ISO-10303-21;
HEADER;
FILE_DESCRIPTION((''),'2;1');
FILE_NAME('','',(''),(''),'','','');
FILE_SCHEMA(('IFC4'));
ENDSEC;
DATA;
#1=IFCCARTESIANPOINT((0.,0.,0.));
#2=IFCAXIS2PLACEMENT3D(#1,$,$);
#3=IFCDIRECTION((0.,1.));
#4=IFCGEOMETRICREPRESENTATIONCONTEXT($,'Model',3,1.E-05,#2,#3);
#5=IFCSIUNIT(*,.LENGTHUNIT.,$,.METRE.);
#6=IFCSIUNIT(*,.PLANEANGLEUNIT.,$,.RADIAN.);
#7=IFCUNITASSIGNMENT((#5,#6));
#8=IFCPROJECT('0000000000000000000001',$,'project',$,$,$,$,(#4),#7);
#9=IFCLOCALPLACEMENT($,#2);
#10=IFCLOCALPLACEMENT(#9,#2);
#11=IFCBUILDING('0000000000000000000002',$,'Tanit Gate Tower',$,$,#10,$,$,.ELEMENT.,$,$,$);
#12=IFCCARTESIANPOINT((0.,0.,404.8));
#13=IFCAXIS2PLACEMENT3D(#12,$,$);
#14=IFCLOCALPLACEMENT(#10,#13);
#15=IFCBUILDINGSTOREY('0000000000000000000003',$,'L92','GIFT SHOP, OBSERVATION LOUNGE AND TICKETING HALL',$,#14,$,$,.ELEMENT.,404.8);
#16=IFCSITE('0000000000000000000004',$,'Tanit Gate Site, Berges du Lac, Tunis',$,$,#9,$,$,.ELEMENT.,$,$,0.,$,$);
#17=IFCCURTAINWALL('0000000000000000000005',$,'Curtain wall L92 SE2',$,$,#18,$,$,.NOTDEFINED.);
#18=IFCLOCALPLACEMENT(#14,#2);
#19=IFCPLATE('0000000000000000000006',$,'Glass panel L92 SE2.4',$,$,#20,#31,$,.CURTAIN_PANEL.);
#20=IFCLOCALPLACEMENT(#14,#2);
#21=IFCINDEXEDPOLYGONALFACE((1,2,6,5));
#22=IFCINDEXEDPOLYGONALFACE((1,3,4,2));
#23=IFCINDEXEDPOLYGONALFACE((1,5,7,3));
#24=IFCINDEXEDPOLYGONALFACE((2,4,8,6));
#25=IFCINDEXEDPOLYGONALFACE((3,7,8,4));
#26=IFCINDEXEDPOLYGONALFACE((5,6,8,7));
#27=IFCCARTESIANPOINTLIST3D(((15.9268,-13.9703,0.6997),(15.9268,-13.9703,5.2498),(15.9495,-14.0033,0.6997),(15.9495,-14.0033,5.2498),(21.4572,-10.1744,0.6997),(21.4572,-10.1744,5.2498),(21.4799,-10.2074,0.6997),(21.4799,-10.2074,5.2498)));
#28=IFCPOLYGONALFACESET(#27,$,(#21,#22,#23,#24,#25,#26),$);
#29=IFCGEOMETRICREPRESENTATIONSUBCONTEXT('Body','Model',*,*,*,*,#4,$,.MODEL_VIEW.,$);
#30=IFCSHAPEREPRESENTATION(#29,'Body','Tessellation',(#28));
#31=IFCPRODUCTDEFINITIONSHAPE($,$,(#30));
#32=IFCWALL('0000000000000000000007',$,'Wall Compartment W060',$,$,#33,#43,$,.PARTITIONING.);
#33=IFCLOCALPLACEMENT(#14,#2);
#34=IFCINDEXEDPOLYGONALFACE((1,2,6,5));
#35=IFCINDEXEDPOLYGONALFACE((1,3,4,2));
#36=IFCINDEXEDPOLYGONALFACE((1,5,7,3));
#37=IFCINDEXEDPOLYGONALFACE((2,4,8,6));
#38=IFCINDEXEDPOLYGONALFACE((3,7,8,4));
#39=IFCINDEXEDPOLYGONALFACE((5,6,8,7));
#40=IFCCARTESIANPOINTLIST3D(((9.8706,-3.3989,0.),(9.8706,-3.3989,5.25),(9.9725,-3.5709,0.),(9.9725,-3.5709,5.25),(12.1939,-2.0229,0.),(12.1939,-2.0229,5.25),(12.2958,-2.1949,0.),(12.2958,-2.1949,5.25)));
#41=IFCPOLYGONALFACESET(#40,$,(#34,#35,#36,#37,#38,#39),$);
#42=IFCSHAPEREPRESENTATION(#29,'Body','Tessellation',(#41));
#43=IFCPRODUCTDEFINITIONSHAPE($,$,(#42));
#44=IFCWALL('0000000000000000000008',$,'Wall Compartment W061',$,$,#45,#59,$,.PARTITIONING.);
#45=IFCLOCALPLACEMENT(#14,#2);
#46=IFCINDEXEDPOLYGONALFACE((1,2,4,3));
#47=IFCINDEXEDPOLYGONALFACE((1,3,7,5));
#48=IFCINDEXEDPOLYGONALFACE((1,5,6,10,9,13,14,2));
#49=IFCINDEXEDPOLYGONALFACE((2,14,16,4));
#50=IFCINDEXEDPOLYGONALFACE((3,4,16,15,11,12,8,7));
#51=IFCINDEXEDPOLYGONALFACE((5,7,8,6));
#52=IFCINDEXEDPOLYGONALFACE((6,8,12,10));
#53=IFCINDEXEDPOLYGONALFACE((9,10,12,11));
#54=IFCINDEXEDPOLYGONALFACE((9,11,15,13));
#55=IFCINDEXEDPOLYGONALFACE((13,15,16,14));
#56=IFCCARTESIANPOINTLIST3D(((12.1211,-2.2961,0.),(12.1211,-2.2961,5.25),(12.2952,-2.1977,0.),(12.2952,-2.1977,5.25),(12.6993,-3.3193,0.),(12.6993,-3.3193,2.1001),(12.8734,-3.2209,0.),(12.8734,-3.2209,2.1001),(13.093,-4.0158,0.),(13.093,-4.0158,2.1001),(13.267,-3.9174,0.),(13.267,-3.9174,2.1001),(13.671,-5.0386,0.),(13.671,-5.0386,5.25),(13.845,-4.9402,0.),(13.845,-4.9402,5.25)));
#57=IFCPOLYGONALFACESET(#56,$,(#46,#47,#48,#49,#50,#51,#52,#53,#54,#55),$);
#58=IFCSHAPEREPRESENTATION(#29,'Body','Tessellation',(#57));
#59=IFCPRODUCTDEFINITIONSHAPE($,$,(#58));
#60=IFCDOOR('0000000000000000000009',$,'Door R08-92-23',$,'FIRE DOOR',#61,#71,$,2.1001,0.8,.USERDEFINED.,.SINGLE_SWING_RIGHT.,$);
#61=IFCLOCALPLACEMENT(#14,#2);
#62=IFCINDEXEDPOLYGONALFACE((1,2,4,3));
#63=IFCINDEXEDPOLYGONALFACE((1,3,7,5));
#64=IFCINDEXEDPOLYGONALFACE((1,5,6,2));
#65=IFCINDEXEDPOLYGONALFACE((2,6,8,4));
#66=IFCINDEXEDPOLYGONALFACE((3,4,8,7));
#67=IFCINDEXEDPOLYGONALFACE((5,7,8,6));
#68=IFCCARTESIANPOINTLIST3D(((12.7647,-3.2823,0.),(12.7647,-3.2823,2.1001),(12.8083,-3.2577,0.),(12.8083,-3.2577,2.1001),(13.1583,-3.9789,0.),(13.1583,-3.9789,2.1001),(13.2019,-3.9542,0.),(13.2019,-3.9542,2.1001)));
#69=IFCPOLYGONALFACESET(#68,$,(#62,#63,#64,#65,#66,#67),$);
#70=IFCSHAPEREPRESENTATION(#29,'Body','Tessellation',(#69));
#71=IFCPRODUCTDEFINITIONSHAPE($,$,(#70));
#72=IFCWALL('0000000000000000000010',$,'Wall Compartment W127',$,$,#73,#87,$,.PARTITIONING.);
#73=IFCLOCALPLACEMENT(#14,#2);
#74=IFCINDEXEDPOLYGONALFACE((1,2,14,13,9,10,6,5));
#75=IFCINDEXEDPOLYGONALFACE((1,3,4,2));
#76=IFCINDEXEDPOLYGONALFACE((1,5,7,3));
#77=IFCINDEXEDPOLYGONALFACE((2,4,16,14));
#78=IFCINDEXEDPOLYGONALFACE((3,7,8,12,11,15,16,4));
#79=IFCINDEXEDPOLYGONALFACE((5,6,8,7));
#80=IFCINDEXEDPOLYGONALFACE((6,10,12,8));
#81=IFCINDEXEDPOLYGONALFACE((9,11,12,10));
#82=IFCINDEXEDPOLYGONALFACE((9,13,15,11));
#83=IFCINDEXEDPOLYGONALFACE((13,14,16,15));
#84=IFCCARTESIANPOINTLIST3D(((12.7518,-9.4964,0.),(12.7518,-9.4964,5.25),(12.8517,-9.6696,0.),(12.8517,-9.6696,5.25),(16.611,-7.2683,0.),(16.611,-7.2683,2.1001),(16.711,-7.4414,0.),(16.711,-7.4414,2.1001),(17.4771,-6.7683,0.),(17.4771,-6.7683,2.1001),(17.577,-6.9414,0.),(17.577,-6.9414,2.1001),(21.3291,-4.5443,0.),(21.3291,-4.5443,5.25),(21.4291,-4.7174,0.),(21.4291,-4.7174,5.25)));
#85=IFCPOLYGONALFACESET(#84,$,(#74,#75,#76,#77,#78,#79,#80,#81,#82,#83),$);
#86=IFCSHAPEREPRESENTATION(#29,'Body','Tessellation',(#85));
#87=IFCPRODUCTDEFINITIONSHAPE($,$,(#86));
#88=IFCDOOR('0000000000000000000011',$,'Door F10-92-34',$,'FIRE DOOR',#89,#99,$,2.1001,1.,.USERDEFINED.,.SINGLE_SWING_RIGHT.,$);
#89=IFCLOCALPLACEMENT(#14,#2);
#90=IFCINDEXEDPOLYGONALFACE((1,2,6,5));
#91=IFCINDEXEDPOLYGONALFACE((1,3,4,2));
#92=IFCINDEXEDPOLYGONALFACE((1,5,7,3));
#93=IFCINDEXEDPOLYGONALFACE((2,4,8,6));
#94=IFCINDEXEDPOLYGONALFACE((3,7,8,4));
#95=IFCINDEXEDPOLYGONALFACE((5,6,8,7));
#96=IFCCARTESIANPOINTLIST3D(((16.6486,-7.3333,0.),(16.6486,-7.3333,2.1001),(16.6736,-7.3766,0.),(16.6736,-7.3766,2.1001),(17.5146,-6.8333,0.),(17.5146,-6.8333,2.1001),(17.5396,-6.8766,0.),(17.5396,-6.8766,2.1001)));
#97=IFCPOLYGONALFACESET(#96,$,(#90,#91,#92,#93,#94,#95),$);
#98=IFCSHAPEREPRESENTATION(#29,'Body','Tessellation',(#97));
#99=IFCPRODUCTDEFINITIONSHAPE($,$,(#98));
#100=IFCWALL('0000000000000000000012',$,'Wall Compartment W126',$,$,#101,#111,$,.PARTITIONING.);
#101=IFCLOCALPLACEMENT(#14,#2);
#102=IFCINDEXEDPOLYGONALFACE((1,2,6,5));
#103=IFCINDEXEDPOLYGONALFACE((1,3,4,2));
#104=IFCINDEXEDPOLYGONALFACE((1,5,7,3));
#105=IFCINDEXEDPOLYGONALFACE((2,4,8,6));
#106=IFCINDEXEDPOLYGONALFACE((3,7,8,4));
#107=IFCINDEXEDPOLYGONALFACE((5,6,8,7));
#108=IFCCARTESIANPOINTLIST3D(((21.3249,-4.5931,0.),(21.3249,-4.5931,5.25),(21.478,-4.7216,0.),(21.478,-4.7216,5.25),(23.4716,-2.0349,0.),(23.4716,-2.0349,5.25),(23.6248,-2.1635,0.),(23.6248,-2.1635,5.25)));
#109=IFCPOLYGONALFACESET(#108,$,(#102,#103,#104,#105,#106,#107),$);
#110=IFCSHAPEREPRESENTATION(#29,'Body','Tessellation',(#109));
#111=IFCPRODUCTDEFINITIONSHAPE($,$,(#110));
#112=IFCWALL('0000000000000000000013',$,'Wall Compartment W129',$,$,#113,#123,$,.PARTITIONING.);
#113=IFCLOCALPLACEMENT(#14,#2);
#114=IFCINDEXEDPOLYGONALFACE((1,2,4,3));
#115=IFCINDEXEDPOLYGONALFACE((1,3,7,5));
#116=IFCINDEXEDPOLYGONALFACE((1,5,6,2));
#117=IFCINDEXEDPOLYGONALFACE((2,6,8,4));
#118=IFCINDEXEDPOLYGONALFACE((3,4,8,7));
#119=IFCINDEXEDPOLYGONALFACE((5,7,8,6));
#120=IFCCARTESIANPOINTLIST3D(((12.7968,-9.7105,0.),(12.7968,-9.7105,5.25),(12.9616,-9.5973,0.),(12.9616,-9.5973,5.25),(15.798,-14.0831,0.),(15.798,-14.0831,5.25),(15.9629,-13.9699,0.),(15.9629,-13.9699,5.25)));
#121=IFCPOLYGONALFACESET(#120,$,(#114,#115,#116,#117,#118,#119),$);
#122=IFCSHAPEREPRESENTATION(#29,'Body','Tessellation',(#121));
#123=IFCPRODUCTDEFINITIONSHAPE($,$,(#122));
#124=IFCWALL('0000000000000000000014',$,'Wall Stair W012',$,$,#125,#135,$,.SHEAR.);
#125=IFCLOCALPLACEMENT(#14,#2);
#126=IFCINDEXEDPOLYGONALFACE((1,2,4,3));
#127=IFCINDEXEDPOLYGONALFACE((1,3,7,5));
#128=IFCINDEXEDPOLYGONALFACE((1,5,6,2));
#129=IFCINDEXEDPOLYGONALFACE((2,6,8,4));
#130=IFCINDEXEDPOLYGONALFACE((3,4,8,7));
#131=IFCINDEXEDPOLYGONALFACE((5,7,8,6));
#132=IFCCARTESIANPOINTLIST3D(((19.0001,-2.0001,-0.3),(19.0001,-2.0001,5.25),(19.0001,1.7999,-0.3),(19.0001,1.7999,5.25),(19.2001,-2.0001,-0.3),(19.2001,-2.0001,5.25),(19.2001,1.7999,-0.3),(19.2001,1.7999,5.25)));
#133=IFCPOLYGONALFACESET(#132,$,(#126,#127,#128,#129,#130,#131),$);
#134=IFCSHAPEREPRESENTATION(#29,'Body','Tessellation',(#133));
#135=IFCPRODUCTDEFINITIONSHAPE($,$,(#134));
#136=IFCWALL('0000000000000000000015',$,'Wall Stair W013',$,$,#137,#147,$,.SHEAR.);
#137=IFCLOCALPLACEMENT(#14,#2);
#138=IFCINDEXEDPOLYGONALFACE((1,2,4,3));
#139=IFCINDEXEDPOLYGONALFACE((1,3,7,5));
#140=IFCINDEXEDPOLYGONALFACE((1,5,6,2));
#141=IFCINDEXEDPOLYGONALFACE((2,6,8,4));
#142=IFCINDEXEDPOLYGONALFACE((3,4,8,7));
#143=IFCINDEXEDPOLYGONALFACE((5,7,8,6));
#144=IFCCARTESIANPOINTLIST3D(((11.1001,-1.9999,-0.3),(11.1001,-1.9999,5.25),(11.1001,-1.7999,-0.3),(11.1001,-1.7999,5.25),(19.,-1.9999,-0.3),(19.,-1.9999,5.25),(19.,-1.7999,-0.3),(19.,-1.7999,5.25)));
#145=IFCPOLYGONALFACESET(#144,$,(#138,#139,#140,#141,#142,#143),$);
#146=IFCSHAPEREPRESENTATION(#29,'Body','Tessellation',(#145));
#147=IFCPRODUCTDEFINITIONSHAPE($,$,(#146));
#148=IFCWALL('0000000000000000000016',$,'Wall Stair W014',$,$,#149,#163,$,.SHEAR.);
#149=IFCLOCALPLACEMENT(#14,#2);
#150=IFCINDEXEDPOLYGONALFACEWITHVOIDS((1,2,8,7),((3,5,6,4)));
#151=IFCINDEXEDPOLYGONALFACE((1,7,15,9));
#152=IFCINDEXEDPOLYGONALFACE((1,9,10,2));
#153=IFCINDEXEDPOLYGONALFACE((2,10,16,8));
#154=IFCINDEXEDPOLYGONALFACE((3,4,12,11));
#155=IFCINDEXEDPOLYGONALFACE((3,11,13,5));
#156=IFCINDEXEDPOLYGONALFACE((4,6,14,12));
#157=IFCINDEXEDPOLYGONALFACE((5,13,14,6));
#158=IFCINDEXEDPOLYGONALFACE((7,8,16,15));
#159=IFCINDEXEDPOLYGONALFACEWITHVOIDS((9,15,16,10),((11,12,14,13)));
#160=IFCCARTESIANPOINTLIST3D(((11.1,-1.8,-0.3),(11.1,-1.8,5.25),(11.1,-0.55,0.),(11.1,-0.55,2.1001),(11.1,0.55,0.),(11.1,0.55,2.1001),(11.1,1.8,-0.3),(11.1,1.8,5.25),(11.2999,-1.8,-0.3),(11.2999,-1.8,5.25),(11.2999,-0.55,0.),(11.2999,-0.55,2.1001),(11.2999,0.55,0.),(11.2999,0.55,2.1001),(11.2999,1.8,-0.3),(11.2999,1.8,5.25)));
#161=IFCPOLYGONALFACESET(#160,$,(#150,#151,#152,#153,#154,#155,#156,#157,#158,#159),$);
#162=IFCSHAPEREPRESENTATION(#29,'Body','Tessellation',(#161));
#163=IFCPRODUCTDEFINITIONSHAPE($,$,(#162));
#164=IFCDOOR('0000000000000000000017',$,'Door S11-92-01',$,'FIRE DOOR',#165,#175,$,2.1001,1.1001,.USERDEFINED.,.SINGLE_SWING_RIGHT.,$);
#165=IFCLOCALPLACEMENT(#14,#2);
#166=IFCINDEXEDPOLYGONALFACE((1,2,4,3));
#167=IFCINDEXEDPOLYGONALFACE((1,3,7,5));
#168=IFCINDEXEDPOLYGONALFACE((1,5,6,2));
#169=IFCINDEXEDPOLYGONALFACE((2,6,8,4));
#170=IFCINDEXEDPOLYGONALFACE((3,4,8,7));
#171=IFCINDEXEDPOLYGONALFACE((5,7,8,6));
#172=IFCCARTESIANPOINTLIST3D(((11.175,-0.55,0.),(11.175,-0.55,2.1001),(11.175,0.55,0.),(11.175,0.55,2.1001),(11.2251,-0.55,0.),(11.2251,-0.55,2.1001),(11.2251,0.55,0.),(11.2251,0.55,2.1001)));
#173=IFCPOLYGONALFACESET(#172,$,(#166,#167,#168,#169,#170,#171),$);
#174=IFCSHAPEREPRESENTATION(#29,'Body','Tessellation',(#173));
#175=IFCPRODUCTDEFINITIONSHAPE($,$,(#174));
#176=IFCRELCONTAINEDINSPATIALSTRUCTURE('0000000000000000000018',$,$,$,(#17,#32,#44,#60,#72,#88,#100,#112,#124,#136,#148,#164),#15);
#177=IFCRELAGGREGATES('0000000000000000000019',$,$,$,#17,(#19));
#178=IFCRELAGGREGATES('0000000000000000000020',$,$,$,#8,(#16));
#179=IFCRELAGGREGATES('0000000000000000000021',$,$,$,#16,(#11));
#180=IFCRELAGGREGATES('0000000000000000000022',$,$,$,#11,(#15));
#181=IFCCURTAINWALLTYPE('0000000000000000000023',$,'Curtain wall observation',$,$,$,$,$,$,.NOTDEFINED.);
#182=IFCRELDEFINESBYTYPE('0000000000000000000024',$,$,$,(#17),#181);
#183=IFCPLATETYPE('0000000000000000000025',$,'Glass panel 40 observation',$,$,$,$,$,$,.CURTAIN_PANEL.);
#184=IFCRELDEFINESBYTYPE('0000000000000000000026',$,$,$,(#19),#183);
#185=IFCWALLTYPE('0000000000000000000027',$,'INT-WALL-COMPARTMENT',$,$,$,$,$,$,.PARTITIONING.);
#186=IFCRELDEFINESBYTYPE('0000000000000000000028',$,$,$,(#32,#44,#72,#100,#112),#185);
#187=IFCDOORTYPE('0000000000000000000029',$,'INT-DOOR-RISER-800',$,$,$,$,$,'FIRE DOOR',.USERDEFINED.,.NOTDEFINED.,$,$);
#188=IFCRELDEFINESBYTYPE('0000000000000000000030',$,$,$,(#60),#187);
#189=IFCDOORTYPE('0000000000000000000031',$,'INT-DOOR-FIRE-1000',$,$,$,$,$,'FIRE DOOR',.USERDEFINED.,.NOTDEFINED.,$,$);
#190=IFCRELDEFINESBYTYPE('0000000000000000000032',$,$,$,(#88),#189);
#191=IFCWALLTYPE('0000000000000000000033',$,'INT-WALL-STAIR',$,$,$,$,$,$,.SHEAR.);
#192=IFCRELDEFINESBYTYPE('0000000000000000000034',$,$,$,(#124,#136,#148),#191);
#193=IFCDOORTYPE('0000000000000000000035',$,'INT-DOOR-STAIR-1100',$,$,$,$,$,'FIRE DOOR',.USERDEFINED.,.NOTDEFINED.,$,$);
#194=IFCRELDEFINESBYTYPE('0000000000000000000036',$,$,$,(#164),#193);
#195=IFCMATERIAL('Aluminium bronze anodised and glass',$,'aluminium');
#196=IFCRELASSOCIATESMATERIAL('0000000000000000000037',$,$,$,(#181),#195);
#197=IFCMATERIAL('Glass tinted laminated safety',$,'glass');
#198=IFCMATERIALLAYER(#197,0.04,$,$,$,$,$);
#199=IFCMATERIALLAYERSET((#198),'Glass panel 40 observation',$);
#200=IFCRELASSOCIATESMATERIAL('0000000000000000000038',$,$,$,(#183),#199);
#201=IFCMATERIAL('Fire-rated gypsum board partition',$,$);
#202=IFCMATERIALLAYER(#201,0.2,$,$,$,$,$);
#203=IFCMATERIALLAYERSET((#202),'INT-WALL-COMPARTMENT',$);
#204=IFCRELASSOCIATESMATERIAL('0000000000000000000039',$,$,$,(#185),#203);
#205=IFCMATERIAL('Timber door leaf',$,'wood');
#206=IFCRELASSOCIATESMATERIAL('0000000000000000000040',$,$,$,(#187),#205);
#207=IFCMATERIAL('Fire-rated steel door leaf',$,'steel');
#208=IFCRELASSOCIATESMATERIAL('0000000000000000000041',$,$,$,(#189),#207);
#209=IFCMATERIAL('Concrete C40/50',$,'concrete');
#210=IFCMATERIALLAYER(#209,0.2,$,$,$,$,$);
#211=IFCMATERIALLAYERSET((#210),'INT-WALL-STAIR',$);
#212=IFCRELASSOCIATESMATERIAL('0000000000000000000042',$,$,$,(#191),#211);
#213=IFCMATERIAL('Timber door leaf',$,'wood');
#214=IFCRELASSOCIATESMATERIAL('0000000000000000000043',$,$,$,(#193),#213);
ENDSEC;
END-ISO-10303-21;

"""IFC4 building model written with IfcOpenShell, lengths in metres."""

from ifc_helpers import new_model, si_unit, direction, frame, frame_2d, origin, origin_2d, place, context, subcontext, project, spatial, rectangle, extrude, material, layer, layer_set, type_object, element, fill, aggregate, save


model = new_model("IFC4")

# Units and contexts
model_context = context("Model", 3, precision=1e-05, world=origin(), true_north=direction((0.0, 1.0)))
body_context = subcontext(model_context, "Body", "Model", "MODEL_VIEW")
ifc_project = project(units=[si_unit("LENGTHUNIT", "METRE"), si_unit("PLANEANGLEUNIT", "RADIAN")], contexts=[model_context])

# Site, building, storey
site_placement = place(None, origin())
site = spatial("IfcSite", under=ifc_project, at=site_placement, Name="Tanit Gate Site, Berges du Lac, Tunis", CompositionType="ELEMENT", RefElevation=0.0)
building_placement = place(site_placement, origin())
building = spatial("IfcBuilding", under=site, at=building_placement, Name="Tanit Gate Tower", CompositionType="ELEMENT")
storey_placement = place(building_placement, frame((0.0, 0.0, 404.8)))
storey = spatial("IfcBuildingStorey", under=building, at=storey_placement, Name="L92", Description="GIFT SHOP, OBSERVATION LOUNGE AND TICKETING HALL", CompositionType="ELEMENT", Elevation=404.8)

# Curtain wall
ifc_material_1 = material(Name="Aluminium bronze anodised and glass", Category="aluminium")
curtain_wall_type = type_object("IfcCurtainWallType", Name="Curtain wall observation", PredefinedType="NOTDEFINED", material=ifc_material_1)
curtain_wall_placement = place(storey_placement, origin())
curtain_wall = element("IfcCurtainWall", 1, at=curtain_wall_placement, inside=storey, type_object=curtain_wall_type, Name="Curtain wall L92 SE2", PredefinedType="NOTDEFINED")

# Plate
ifc_material_2 = material(Name="Glass tinted laminated safety", Category="glass")
ifc_layer_1 = layer(ifc_material_2, 0.04)
ifc_layer_set_1 = layer_set([ifc_layer_1], Name="Glass panel 40 observation")
plate_type = type_object("IfcPlateType", Name="Glass panel 40 observation", PredefinedType="CURTAIN_PANEL", material=ifc_layer_set_1)
plate_1_placement = place(storey_placement, frame((18.7034, -12.0889, 0.6997), z_axis=(0.0, 0.0, 1.0), x_axis=(0.824479, 0.565893, 0.0)))
plate_1 = element("IfcPlate", 2, at=plate_1_placement, type_object=plate_type, Name="Glass panel L92 SE2.4", PredefinedType="CURTAIN_PANEL", context=body_context, shape_type="SweptSolid", body=[
    extrude(rectangle(XDim=6.7078, YDim=0.04, at=origin_2d()), origin(), (0.0, 0.0, 1.0), 4.55),
])
aggregate(curtain_wall, [plate_1])

# Wall
ifc_material_3 = material(Name="Fire-rated gypsum board partition")
ifc_layer_2 = layer(ifc_material_3, 0.2)
ifc_layer_set_2 = layer_set([ifc_layer_2], Name="INT-WALL-COMPARTMENT")
wall_type_1 = type_object("IfcWallType", Name="INT-WALL-COMPARTMENT", PredefinedType="PARTITIONING", material=ifc_layer_set_2)
wall_1_placement = place(storey_placement, frame((12.2449, -2.1089, 0.0), z_axis=(0.0, 0.0, 1.0), x_axis=(-0.860415, -0.509594, 0.0)))
element("IfcWall", 3, at=wall_1_placement, inside=storey, type_object=wall_type_1, Name="Wall Compartment W060", PredefinedType="PARTITIONING", context=body_context, shape_type="SweptSolid", body=[
    extrude(rectangle(XDim=2.7002, YDim=0.2, at=frame_2d((1.3501, 0.0))), origin(), (0.0, 0.0, 1.0), 5.25),
])

# Walls, openings, doors
wall_2_placement = place(storey_placement, frame((13.7581, -4.9895, 0.0), z_axis=(0.0, 0.0, 1.0), x_axis=(-0.491993, 0.870599, 0.0)))
wall_2 = element("IfcWall", 4, at=wall_2_placement, inside=storey, type_object=wall_type_1, Name="Wall Compartment W061", PredefinedType="PARTITIONING", context=body_context, shape_type="SweptSolid", body=[
    extrude(rectangle(XDim=3.1501, YDim=0.2, at=frame_2d((1.5752, 0.0))), origin(), (0.0, 0.0, 1.0), 5.25),
])
opening_1_placement = place(wall_2_placement, frame((1.175, 0.0, 0.0)))
opening_1 = element("IfcOpeningElement", 5, at=opening_1_placement, cuts=wall_2, PredefinedType="OPENING", context=body_context, shape_type="SweptSolid", body=[
    extrude(rectangle(XDim=0.8, YDim=2.1001, at=frame_2d((0.3999, 1.05))), frame((0.0, 0.1099, 0.0), z_axis=(0.0, -1.0, 0.0), x_axis=(1.0, 0.0, 0.0)), (0.0, 0.0, 1.0), 0.22),
])
ifc_material_4 = material(Name="Timber door leaf", Category="wood")
door_type_1 = type_object("IfcDoorType", Name="INT-DOOR-RISER-800", ElementType="FIRE DOOR", OperationType="NOTDEFINED", PredefinedType="USERDEFINED", material=ifc_material_4)
door_1_placement = place(opening_1_placement, origin())
door_1 = element("IfcDoor", 6, at=door_1_placement, inside=storey, type_object=door_type_1, Name="Door R08-92-23", ObjectType="FIRE DOOR", OperationType="SINGLE_SWING_RIGHT", OverallHeight=2.1001, OverallWidth=0.8, PredefinedType="USERDEFINED", context=body_context, shape_type="SweptSolid", body=[
    extrude(rectangle(XDim=0.8, YDim=2.1001, at=frame_2d((0.3999, 1.05))), frame((0.0, 0.0249, 0.0), z_axis=(0.0, -1.0, 0.0), x_axis=(1.0, 0.0, 0.0)), (0.0, 0.0, 1.0), 0.05),
])
fill(opening_1, door_1)
wall_3_placement = place(storey_placement, frame((12.8018, -9.583, 0.0), z_axis=(0.0, 0.0, 1.0), x_axis=(0.866026, 0.499999, 0.0)))
wall_3 = element("IfcWall", 7, at=wall_3_placement, inside=storey, type_object=wall_type_1, Name="Wall Compartment W127", PredefinedType="PARTITIONING", context=body_context, shape_type="SweptSolid", body=[
    extrude(rectangle(XDim=9.9043, YDim=0.2, at=frame_2d((4.9521, 0.0))), origin(), (0.0, 0.0, 1.0), 5.25),
])
opening_2_placement = place(wall_3_placement, frame((4.4563, 0.0, 0.0)))
opening_2 = element("IfcOpeningElement", 8, at=opening_2_placement, cuts=wall_3, PredefinedType="OPENING", context=body_context, shape_type="SweptSolid", body=[
    extrude(rectangle(XDim=1.0, YDim=2.1001, at=frame_2d((0.5, 1.05))), frame((0.0, 0.1099, 0.0), z_axis=(0.0, -1.0, 0.0), x_axis=(1.0, 0.0, 0.0)), (0.0, 0.0, 1.0), 0.22),
])
ifc_material_5 = material(Name="Fire-rated steel door leaf", Category="steel")
door_type_2 = type_object("IfcDoorType", Name="INT-DOOR-FIRE-1000", ElementType="FIRE DOOR", OperationType="NOTDEFINED", PredefinedType="USERDEFINED", material=ifc_material_5)
door_2_placement = place(opening_2_placement, origin())
door_2 = element("IfcDoor", 9, at=door_2_placement, inside=storey, type_object=door_type_2, Name="Door F10-92-34", ObjectType="FIRE DOOR", OperationType="SINGLE_SWING_RIGHT", OverallHeight=2.1001, OverallWidth=1.0, PredefinedType="USERDEFINED", context=body_context, shape_type="SweptSolid", body=[
    extrude(rectangle(XDim=1.0, YDim=2.1001, at=frame_2d((0.5, 1.05))), frame((0.0, 0.0249, 0.0), z_axis=(0.0, -1.0, 0.0), x_axis=(1.0, 0.0, 0.0)), (0.0, 0.0, 1.0), 0.05),
])
fill(opening_2, door_2)

# Walls
wall_4_placement = place(storey_placement, frame((21.4014, -4.6575, 0.0), z_axis=(0.0, 0.0, 1.0), x_axis=(0.642827, 0.766012, 0.0)))
element("IfcWall", 10, at=wall_4_placement, inside=storey, type_object=wall_type_1, Name="Wall Compartment W126", PredefinedType="PARTITIONING", context=body_context, shape_type="SweptSolid", body=[
    extrude(rectangle(XDim=3.3396, YDim=0.2, at=frame_2d((1.6699, 0.0))), origin(), (0.0, 0.0, 1.0), 5.25),
])
wall_5_placement = place(storey_placement, frame((12.8792, -9.6538, 0.0), z_axis=(0.0, 0.0, 1.0), x_axis=(0.5659, -0.824474, 0.0)))
element("IfcWall", 11, at=wall_5_placement, inside=storey, type_object=wall_type_1, Name="Wall Compartment W129", PredefinedType="PARTITIONING", context=body_context, shape_type="SweptSolid", body=[
    extrude(rectangle(XDim=5.3035, YDim=0.2, at=frame_2d((2.6519, 0.0))), origin(), (0.0, 0.0, 1.0), 5.25),
])
ifc_material_6 = material(Name="Concrete C40/50", Category="concrete")
ifc_layer_3 = layer(ifc_material_6, 0.2)
ifc_layer_set_3 = layer_set([ifc_layer_3], Name="INT-WALL-STAIR")
wall_type_2 = type_object("IfcWallType", Name="INT-WALL-STAIR", PredefinedType="SHEAR", material=ifc_layer_set_3)
wall_6_placement = place(storey_placement, frame((19.1001, -2.0, -0.3), z_axis=(0.0, 0.0, 1.0), x_axis=(0.0, 1.0, 0.0)))
element("IfcWall", 12, at=wall_6_placement, inside=storey, type_object=wall_type_2, Name="Wall Stair W012", PredefinedType="SHEAR", context=body_context, shape_type="SweptSolid", body=[
    extrude(rectangle(XDim=3.8, YDim=0.2, at=frame_2d((1.8999, 0.0))), origin(), (0.0, 0.0, 1.0), 5.55),
])
wall_7_placement = place(storey_placement, frame((11.1001, -1.8999, -0.3), z_axis=(0.0, 0.0, 1.0), x_axis=(1.0, 0.0, 0.0)))
element("IfcWall", 13, at=wall_7_placement, inside=storey, type_object=wall_type_2, Name="Wall Stair W013", PredefinedType="SHEAR", context=body_context, shape_type="SweptSolid", body=[
    extrude(rectangle(XDim=7.8999, YDim=0.2, at=frame_2d((3.95, 0.0))), origin(), (0.0, 0.0, 1.0), 5.55),
])

# Wall, opening, door
wall_8_placement = place(storey_placement, frame((11.2, -1.8, -0.3), z_axis=(0.0, 0.0, 1.0), x_axis=(0.0, 1.0, 0.0)))
wall_8 = element("IfcWall", 14, at=wall_8_placement, inside=storey, type_object=wall_type_2, Name="Wall Stair W014", PredefinedType="SHEAR", context=body_context, shape_type="SweptSolid", body=[
    extrude(rectangle(XDim=3.6001, YDim=0.2, at=frame_2d((1.8, 0.0))), origin(), (0.0, 0.0, 1.0), 5.55),
])
opening_3_placement = place(wall_8_placement, frame((1.25, 0.0, 0.3)))
opening_3 = element("IfcOpeningElement", 15, at=opening_3_placement, cuts=wall_8, PredefinedType="OPENING", context=body_context, shape_type="SweptSolid", body=[
    extrude(rectangle(XDim=1.1001, YDim=2.1001, at=frame_2d((0.55, 1.05))), frame((0.0, 0.1099, 0.0), z_axis=(0.0, -1.0, 0.0), x_axis=(1.0, 0.0, 0.0)), (0.0, 0.0, 1.0), 0.22),
])
ifc_material_7 = material(Name="Timber door leaf", Category="wood")
door_type_3 = type_object("IfcDoorType", Name="INT-DOOR-STAIR-1100", ElementType="FIRE DOOR", OperationType="NOTDEFINED", PredefinedType="USERDEFINED", material=ifc_material_7)
door_3_placement = place(opening_3_placement, origin())
door_3 = element("IfcDoor", 16, at=door_3_placement, inside=storey, type_object=door_type_3, Name="Door S11-92-01", ObjectType="FIRE DOOR", OperationType="SINGLE_SWING_RIGHT", OverallHeight=2.1001, OverallWidth=1.1001, PredefinedType="USERDEFINED", context=body_context, shape_type="SweptSolid", body=[
    extrude(rectangle(XDim=1.1001, YDim=2.1001, at=frame_2d((0.55, 1.05))), frame((0.0, 0.0249, 0.0), z_axis=(0.0, -1.0, 0.0), x_axis=(1.0, 0.0, 0.0)), (0.0, 0.0, 1.0), 0.05),
])
fill(opening_3, door_3)

save(model, "model.ifc")
